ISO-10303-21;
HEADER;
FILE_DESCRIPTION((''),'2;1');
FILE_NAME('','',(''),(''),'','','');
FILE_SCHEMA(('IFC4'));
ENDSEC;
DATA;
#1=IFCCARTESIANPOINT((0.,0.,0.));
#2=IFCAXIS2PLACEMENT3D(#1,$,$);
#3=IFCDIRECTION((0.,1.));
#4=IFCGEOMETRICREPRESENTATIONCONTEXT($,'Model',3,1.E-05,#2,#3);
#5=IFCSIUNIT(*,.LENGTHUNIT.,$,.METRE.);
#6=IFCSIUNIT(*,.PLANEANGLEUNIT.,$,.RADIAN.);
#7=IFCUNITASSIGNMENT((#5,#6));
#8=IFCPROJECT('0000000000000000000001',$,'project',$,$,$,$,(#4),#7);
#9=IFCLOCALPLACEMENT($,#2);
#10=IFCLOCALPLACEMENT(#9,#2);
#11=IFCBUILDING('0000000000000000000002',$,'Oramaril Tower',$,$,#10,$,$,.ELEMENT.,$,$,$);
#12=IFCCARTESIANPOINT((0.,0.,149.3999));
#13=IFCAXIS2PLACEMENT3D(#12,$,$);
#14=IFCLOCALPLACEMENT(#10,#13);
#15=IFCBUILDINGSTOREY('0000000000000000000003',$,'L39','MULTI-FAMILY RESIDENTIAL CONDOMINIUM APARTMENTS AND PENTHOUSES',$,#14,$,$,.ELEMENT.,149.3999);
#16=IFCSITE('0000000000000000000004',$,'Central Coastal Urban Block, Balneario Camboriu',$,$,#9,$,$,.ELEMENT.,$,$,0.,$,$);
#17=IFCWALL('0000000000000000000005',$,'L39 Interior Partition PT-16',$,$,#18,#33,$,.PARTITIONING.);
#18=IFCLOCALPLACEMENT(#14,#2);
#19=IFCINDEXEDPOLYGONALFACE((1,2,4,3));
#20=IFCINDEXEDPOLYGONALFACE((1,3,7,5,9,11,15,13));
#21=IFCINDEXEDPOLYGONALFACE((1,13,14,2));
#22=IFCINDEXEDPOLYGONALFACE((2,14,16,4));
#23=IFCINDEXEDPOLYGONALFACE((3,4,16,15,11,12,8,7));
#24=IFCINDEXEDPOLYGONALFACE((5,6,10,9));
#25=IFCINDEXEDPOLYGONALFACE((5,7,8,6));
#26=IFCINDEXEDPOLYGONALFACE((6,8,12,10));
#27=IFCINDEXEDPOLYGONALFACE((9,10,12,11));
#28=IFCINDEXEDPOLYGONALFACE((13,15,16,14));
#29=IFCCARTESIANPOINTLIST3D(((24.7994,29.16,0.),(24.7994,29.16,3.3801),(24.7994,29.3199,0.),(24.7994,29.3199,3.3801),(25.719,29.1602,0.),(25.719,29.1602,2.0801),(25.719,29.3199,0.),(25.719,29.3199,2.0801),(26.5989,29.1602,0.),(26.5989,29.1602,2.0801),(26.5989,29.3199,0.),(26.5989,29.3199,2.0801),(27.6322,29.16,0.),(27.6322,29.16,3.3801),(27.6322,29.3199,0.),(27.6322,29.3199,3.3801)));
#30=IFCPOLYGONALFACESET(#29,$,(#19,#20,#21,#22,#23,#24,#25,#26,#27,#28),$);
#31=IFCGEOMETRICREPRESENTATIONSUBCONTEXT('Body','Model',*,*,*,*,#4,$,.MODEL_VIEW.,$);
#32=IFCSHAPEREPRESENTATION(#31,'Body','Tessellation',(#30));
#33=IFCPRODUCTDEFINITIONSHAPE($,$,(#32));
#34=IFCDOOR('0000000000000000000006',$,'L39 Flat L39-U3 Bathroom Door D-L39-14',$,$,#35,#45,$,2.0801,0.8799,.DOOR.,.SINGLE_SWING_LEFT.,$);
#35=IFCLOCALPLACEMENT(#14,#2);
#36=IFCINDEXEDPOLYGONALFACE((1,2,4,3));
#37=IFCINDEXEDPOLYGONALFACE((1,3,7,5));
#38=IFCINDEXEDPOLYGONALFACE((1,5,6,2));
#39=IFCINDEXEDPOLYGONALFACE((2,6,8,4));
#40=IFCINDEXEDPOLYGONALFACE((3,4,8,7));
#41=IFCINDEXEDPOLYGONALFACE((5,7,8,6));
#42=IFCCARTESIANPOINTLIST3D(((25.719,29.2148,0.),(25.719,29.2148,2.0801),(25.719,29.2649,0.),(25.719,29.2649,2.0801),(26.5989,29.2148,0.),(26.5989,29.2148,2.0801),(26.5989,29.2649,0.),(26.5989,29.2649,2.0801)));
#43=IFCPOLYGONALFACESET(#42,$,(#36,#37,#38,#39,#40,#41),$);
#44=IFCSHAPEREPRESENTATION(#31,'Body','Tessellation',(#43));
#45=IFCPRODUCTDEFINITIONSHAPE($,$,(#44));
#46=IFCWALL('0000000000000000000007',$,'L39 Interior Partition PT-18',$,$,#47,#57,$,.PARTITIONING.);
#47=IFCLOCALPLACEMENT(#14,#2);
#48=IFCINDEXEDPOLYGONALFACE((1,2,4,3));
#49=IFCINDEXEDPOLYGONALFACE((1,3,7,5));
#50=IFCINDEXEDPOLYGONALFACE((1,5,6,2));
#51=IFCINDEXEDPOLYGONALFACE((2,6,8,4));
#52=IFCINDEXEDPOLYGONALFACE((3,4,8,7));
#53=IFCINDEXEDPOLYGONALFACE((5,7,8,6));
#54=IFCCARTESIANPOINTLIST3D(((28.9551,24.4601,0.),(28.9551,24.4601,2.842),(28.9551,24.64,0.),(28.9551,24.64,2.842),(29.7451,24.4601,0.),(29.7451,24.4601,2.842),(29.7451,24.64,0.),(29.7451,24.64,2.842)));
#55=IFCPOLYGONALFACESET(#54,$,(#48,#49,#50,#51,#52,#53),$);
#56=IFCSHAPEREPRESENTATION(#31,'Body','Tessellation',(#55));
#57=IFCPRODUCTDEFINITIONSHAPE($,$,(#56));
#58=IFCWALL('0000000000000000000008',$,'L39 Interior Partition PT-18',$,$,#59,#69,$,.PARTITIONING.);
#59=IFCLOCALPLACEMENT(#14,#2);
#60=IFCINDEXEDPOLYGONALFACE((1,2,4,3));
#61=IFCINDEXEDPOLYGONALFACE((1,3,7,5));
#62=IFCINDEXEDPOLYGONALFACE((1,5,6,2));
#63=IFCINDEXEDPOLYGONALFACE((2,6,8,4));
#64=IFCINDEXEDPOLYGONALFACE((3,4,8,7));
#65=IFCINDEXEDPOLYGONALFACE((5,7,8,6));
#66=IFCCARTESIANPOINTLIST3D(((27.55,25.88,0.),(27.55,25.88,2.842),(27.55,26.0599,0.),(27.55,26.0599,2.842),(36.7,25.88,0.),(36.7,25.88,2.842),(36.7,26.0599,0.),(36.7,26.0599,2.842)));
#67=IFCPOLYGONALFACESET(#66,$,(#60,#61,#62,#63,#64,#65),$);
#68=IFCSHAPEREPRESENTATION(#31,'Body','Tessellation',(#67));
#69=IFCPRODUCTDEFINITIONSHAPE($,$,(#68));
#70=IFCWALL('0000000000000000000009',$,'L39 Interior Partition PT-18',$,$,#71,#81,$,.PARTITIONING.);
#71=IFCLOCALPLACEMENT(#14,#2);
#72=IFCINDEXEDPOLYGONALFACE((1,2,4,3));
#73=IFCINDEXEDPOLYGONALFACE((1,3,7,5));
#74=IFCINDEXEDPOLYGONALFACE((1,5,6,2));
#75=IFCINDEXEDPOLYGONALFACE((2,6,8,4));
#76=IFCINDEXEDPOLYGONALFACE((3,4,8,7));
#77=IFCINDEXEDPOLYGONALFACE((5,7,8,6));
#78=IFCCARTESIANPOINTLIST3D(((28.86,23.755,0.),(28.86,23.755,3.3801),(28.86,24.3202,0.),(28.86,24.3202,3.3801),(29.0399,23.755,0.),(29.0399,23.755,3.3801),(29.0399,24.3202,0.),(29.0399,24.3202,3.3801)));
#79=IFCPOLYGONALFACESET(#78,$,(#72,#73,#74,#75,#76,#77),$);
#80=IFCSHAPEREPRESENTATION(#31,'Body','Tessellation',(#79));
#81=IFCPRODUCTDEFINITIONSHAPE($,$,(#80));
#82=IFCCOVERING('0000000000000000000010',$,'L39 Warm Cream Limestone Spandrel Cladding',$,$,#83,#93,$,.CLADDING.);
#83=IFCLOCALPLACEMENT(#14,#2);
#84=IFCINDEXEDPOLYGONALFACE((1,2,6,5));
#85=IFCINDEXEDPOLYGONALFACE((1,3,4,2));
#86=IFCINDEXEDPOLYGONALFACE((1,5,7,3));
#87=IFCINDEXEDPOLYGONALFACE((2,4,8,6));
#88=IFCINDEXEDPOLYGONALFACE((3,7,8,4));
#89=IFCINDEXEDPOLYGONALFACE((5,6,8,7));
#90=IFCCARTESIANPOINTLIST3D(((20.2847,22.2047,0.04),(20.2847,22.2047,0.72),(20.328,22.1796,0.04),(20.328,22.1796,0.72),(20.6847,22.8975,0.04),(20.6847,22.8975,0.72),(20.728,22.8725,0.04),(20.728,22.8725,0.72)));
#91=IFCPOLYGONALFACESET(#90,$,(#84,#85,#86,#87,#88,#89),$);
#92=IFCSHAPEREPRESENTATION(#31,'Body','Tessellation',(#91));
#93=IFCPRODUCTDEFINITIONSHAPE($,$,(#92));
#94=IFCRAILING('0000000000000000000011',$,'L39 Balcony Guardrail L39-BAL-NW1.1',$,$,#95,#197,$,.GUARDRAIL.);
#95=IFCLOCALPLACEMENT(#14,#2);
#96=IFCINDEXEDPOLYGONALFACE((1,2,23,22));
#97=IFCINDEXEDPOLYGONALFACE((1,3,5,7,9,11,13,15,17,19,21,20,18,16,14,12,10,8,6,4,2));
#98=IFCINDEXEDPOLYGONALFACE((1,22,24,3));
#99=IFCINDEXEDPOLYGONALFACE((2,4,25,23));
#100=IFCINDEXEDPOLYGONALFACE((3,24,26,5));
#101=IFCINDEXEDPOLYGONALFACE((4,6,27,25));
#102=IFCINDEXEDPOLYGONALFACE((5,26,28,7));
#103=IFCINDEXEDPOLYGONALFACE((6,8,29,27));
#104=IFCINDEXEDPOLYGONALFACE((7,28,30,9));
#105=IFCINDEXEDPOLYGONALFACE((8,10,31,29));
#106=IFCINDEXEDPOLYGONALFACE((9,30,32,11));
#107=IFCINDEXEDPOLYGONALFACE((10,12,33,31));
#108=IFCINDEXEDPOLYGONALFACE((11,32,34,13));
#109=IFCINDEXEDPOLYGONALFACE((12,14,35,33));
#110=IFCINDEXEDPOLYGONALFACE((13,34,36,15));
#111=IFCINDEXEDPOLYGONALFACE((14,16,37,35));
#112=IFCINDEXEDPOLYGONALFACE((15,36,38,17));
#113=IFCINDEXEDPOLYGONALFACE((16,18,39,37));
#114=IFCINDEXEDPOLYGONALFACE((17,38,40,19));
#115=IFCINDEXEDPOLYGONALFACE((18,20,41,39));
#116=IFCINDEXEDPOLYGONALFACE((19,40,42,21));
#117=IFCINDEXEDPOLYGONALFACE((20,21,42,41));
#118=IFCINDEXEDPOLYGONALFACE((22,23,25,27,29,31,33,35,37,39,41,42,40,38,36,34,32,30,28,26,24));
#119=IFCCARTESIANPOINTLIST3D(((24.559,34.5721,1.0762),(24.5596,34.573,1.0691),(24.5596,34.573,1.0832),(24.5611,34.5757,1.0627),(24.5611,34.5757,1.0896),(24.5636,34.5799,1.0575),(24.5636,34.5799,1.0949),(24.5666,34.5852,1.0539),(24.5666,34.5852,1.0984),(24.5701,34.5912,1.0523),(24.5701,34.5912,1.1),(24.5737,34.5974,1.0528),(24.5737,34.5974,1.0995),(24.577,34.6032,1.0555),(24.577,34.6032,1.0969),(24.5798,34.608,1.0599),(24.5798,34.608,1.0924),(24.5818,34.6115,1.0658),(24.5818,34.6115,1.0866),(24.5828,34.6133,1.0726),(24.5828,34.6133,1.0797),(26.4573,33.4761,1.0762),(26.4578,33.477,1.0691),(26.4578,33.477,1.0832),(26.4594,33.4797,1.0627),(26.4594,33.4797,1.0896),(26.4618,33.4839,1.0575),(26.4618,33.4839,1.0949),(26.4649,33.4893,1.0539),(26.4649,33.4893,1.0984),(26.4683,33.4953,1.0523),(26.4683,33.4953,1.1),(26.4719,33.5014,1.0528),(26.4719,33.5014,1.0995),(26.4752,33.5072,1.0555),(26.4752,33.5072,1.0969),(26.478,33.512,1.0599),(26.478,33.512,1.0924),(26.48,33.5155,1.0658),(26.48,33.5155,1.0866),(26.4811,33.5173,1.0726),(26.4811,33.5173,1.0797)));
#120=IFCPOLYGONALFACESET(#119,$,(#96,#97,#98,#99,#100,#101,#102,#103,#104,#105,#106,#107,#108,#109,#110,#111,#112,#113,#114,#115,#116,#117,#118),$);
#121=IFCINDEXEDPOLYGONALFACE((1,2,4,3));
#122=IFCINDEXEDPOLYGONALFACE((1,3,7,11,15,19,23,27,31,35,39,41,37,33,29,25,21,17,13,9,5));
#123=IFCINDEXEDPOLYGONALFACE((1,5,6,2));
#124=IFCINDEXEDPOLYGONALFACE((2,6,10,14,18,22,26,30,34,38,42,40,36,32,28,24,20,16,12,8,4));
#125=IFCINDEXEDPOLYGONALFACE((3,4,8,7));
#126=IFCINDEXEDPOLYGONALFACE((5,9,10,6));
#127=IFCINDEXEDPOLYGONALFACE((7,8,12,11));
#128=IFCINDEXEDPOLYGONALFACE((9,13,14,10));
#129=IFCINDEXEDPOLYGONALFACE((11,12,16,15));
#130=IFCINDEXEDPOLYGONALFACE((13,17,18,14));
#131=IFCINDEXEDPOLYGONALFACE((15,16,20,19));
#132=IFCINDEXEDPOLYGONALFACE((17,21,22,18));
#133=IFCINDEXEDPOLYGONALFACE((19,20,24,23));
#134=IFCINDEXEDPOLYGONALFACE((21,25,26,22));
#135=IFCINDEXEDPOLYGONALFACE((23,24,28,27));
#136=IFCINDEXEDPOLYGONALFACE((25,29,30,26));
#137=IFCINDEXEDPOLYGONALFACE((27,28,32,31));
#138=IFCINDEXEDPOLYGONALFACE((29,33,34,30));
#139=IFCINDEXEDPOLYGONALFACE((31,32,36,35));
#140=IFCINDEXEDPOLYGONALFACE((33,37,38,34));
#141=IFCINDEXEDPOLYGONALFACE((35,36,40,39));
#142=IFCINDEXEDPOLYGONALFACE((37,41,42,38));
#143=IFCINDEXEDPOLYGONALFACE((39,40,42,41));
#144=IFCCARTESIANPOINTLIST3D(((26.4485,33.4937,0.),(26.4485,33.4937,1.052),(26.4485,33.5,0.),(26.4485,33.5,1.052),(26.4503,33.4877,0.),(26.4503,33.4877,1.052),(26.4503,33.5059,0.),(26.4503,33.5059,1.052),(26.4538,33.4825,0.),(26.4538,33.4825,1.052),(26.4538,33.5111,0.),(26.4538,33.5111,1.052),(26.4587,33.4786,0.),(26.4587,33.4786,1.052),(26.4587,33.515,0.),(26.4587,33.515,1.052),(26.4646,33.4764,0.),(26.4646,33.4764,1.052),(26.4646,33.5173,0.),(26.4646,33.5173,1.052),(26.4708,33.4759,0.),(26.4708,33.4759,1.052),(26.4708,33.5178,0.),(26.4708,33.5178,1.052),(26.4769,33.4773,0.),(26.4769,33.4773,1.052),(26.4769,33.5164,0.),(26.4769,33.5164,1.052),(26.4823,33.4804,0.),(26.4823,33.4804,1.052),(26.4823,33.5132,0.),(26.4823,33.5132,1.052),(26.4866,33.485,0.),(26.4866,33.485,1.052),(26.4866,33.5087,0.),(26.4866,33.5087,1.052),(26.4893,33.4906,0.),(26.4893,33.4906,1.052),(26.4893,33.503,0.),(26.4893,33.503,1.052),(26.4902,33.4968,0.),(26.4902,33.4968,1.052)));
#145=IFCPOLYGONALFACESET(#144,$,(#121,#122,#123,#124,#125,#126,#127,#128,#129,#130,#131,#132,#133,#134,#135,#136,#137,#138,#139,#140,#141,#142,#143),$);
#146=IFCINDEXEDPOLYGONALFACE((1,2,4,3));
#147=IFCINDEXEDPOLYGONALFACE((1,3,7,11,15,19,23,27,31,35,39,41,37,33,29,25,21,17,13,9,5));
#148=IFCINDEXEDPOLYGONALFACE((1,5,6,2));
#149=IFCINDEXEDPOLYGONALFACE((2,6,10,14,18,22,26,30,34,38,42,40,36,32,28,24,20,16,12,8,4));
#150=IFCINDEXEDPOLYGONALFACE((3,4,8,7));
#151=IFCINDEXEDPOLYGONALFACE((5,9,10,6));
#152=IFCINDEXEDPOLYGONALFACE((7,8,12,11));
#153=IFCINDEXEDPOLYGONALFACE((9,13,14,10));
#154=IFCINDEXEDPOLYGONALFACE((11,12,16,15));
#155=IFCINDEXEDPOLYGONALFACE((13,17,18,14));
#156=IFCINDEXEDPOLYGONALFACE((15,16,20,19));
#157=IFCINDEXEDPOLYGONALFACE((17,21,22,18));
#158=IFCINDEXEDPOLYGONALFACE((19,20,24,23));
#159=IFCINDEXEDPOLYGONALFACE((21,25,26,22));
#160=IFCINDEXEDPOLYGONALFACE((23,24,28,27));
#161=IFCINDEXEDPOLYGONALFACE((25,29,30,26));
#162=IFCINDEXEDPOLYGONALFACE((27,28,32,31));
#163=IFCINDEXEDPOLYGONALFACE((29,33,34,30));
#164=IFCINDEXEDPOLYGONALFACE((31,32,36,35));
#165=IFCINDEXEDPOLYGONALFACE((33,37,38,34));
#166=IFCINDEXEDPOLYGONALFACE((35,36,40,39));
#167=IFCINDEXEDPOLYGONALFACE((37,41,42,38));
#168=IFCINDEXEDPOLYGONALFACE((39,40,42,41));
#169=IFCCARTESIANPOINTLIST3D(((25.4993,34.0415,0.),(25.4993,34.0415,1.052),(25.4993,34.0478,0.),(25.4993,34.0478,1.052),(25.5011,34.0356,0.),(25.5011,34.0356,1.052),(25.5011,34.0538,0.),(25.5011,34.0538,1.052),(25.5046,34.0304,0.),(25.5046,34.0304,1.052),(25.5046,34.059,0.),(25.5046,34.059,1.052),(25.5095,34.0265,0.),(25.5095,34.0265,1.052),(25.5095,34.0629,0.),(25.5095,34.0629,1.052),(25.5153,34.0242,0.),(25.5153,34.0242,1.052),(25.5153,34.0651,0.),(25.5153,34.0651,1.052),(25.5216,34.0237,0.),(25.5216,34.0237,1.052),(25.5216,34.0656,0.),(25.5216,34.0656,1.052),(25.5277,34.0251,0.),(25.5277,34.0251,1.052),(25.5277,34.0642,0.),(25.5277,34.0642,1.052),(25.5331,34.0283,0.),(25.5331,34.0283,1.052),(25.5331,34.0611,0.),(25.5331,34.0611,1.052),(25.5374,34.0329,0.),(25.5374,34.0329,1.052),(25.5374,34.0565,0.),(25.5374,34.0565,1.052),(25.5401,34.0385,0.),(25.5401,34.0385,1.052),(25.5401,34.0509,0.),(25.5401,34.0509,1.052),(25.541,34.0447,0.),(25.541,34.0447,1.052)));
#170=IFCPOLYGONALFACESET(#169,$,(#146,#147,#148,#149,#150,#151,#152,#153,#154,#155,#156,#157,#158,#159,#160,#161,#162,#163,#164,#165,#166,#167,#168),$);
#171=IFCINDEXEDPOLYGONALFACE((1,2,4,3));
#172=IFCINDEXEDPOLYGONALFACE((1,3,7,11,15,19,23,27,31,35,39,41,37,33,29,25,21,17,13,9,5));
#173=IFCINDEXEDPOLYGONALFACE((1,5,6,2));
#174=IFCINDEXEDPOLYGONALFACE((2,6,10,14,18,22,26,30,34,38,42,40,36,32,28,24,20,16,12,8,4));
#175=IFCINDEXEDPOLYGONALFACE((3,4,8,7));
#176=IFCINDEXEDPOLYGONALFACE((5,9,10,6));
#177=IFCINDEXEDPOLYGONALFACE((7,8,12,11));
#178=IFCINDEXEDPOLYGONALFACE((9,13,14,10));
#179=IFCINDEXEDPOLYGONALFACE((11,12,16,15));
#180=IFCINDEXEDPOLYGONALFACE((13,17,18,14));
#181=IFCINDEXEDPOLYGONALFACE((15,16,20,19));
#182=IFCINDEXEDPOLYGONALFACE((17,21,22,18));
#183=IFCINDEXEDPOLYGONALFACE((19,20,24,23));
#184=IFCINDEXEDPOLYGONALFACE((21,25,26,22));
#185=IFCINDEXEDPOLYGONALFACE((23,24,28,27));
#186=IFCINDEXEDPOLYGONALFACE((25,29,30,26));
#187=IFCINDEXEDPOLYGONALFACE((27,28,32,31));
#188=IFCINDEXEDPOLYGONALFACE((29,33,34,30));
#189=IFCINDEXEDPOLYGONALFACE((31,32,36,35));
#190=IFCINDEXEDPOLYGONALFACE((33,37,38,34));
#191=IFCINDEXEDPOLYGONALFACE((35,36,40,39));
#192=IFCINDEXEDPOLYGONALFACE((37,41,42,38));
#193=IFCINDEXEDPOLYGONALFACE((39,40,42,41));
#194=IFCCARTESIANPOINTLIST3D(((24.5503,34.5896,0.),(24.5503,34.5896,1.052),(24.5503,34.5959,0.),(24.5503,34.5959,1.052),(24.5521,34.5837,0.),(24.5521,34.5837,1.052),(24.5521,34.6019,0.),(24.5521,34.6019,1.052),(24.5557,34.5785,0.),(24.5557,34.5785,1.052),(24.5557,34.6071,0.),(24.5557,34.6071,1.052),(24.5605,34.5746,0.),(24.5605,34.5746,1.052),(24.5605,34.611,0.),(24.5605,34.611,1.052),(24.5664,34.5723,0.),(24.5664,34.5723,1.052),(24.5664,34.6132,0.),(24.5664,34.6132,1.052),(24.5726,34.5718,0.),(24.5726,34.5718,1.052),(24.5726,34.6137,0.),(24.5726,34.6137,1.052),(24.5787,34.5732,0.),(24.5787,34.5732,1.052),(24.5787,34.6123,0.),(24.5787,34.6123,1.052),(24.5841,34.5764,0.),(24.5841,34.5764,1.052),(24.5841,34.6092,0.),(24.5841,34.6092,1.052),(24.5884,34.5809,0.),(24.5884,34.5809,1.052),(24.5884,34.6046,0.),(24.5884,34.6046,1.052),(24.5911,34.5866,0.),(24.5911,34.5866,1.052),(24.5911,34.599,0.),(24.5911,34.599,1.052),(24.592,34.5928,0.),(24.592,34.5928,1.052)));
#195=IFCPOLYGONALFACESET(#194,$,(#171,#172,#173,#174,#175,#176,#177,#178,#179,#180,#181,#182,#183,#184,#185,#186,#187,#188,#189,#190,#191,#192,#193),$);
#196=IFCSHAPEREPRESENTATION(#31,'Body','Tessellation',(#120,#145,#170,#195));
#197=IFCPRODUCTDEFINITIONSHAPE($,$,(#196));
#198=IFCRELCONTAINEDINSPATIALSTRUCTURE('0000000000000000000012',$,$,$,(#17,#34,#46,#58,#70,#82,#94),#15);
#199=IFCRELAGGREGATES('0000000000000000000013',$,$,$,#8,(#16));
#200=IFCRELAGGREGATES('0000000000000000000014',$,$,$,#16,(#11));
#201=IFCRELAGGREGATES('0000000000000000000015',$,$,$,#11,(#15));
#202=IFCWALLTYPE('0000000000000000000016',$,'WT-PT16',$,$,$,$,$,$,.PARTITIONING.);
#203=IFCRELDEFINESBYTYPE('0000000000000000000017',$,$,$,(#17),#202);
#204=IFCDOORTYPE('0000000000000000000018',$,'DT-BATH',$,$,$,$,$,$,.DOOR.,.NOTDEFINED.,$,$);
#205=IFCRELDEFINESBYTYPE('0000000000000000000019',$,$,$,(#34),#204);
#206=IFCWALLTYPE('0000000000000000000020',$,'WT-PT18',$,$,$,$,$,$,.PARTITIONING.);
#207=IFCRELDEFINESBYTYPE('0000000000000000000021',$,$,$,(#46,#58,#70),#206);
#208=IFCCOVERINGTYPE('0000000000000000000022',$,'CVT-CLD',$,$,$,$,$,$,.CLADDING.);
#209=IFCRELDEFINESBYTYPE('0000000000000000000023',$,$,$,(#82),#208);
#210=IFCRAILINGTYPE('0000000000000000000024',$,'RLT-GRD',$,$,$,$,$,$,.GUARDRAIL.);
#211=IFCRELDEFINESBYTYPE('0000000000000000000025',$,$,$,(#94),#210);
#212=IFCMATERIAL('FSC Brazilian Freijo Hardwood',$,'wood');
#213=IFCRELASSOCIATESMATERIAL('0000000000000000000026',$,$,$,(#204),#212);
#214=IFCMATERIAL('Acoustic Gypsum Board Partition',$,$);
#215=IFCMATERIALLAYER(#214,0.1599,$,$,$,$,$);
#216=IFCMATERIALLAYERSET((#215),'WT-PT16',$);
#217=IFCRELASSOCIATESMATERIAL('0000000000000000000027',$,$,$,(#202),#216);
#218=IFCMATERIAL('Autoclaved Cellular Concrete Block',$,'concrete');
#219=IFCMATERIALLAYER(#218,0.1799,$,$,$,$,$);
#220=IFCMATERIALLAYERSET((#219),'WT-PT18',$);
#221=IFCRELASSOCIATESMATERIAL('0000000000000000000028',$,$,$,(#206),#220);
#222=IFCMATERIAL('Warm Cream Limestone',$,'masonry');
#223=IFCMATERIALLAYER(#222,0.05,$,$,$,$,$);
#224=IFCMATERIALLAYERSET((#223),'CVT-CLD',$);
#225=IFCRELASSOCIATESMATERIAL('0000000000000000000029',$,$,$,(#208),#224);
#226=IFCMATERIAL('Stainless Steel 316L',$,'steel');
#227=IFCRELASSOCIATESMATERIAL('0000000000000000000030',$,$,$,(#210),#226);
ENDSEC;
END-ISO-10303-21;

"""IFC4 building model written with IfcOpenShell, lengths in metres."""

from ifc_helpers import new_model, si_unit, direction, frame, frame_2d, origin, origin_2d, place, context, subcontext, project, spatial, rectangle, circle, extrude, material, layer, layer_set, type_object, element, fill, save


model = new_model("IFC4")

# Units and contexts
model_context = context("Model", 3, precision=1e-05, world=origin(), true_north=direction((0.0, 1.0)))
body_context = subcontext(model_context, "Body", "Model", "MODEL_VIEW")
ifc_project = project(units=[si_unit("LENGTHUNIT", "METRE"), si_unit("PLANEANGLEUNIT", "RADIAN")], contexts=[model_context])

# Site, building, storey
site_placement = place(None, origin())
site = spatial("IfcSite", under=ifc_project, at=site_placement, Name="Central Coastal Urban Block, Balneario Camboriu", CompositionType="ELEMENT", RefElevation=0.0)
building_placement = place(site_placement, origin())
building = spatial("IfcBuilding", under=site, at=building_placement, Name="Oramaril Tower", CompositionType="ELEMENT")
storey_placement = place(building_placement, frame((0.0, 0.0, 149.3999)))
storey = spatial("IfcBuildingStorey", under=building, at=storey_placement, Name="L39", Description="MULTI-FAMILY RESIDENTIAL CONDOMINIUM APARTMENTS AND PENTHOUSES", CompositionType="ELEMENT", Elevation=149.3999)

# Wall, opening, door
ifc_material_1 = material(Name="FSC Brazilian Freijo Hardwood", Category="wood")
door_type_1 = type_object("IfcDoorType", Name="DT-BATH", OperationType="NOTDEFINED", PredefinedType="DOOR", material=ifc_material_1)
ifc_material_2 = material(Name="Acoustic Gypsum Board Partition")
ifc_layer_1 = layer(ifc_material_2, 0.1599)
ifc_layer_set_1 = layer_set([ifc_layer_1], Name="WT-PT16")
wall_type_1 = type_object("IfcWallType", Name="WT-PT16", PredefinedType="PARTITIONING", material=ifc_layer_set_1)
wall_1_placement = place(storey_placement, frame((24.7993, 29.24, 0.0), z_axis=(0.0, 0.0, 1.0), x_axis=(1.0, 0.0, 0.0)))
wall_1 = element("IfcWall", 1, at=wall_1_placement, inside=storey, type_object=wall_type_1, Name="L39 Interior Partition PT-16", PredefinedType="PARTITIONING", context=body_context, shape_type="SweptSolid", body=[
    extrude(rectangle(XDim=2.8328, YDim=0.1599, at=frame_2d((1.4165, 0.0))), origin(), (0.0, 0.0, 1.0), 3.3801),
])
opening_1_placement = place(wall_1_placement, frame((0.9197, 0.0, 0.0)))
opening_1 = element("IfcOpeningElement", 2, at=opening_1_placement, cuts=wall_1, PredefinedType="OPENING", context=body_context, shape_type="SweptSolid", body=[
    extrude(rectangle(XDim=0.8799, YDim=2.0801, at=frame_2d((0.4399, 1.04))), frame((0.0, 0.0801, 0.0), z_axis=(0.0, -1.0, 0.0), x_axis=(1.0, 0.0, 0.0)), (0.0, 0.0, 1.0), 0.1599),
])
door_1_placement = place(opening_1_placement, origin())
door_1 = element("IfcDoor", 3, at=door_1_placement, inside=storey, type_object=door_type_1, Name="L39 Flat L39-U3 Bathroom Door D-L39-14", OperationType="SINGLE_SWING_LEFT", OverallHeight=2.0801, OverallWidth=0.8799, PredefinedType="DOOR", context=body_context, shape_type="SweptSolid", body=[
    extrude(rectangle(XDim=0.8799, YDim=2.0801, at=frame_2d((0.4399, 1.04))), frame((0.0, 0.0249, 0.0), z_axis=(0.0, -1.0, 0.0), x_axis=(1.0, 0.0, 0.0)), (0.0, 0.0, 1.0), 0.05),
])
fill(opening_1, door_1)

# Walls
ifc_material_3 = material(Name="Autoclaved Cellular Concrete Block", Category="concrete")
ifc_layer_2 = layer(ifc_material_3, 0.1799)
ifc_layer_set_2 = layer_set([ifc_layer_2], Name="WT-PT18")
wall_type_2 = type_object("IfcWallType", Name="WT-PT18", PredefinedType="PARTITIONING", material=ifc_layer_set_2)
wall_2_placement = place(storey_placement, frame((28.9551, 24.55, 0.0), z_axis=(0.0, 0.0, 1.0), x_axis=(1.0, 0.0, 0.0)))
element("IfcWall", 4, at=wall_2_placement, inside=storey, type_object=wall_type_2, Name="L39 Interior Partition PT-18", PredefinedType="PARTITIONING", context=body_context, shape_type="SweptSolid", body=[
    extrude(rectangle(XDim=0.79, YDim=0.1799, at=frame_2d((0.395, 0.0))), origin(), (0.0, 0.0, 1.0), 2.842),
])
wall_3_placement = place(storey_placement, frame((27.55, 25.97, 0.0), z_axis=(0.0, 0.0, 1.0), x_axis=(1.0, 0.0, 0.0)))
element("IfcWall", 5, at=wall_3_placement, inside=storey, type_object=wall_type_2, Name="L39 Interior Partition PT-18", PredefinedType="PARTITIONING", context=body_context, shape_type="SweptSolid", body=[
    extrude(rectangle(XDim=9.1499, YDim=0.1799, at=frame_2d((4.575, 0.0))), origin(), (0.0, 0.0, 1.0), 2.842),
])
wall_4_placement = place(storey_placement, frame((28.95, 23.7549, 0.0), z_axis=(0.0, 0.0, 1.0), x_axis=(0.0, 1.0, 0.0)))
element("IfcWall", 6, at=wall_4_placement, inside=storey, type_object=wall_type_2, Name="L39 Interior Partition PT-18", PredefinedType="PARTITIONING", context=body_context, shape_type="SweptSolid", body=[
    extrude(rectangle(XDim=0.5652, YDim=0.1799, at=frame_2d((0.2827, 0.0))), origin(), (0.0, 0.0, 1.0), 3.3801),
])

# Covering
ifc_material_4 = material(Name="Warm Cream Limestone", Category="masonry")
ifc_layer_3 = layer(ifc_material_4, 0.05)
ifc_layer_set_3 = layer_set([ifc_layer_3], Name="CVT-CLD")
covering_type = type_object("IfcCoveringType", Name="CVT-CLD", PredefinedType="CLADDING", material=ifc_layer_set_3)
covering_placement = place(storey_placement, frame((20.5063, 22.5386, 0.04), z_axis=(0.0, 0.0, 1.0), x_axis=(-0.5, -0.866025, 0.0)))
element("IfcCovering", 7, at=covering_placement, inside=storey, type_object=covering_type, Name="L39 Warm Cream Limestone Spandrel Cladding", PredefinedType="CLADDING", context=body_context, shape_type="SweptSolid", body=[
    extrude(rectangle(XDim=0.8, YDim=0.05, at=origin_2d()), origin(), (0.0, 0.0, 1.0), 0.6799),
])

# Railing
ifc_material_5 = material(Name="Stainless Steel 316L", Category="steel")
railing_type = type_object("IfcRailingType", Name="RLT-GRD", PredefinedType="GUARDRAIL", material=ifc_material_5)
railing_placement = place(storey_placement, frame((26.4692, 33.4968, 0.0)))
element("IfcRailing", 8, at=railing_placement, inside=storey, type_object=railing_type, Name="L39 Balcony Guardrail L39-BAL-NW1.1", PredefinedType="GUARDRAIL", context=body_context, shape_type="SweptSolid", body=[
    extrude(circle(Radius=0.0239, at=origin_2d()), frame((0.0, 0.0, 1.0762), z_axis=(-0.866021, 0.500008, 0.0), x_axis=(-0.500008, -0.866021, 0.0)), (0.0, 0.0, 1.0), 2.1919),
    extrude(circle(Radius=0.021, at=origin_2d()), origin(), (0.0, 0.0, 1.0), 1.052),
    extrude(circle(Radius=0.021, at=origin_2d()), frame((-0.9492, 0.5479, 0.0)), (0.0, 0.0, 1.0), 1.052),
    extrude(circle(Radius=0.021, at=origin_2d()), frame((-1.8982, 1.0959, 0.0)), (0.0, 0.0, 1.0), 1.052),
])

save(model, "model.ifc")
